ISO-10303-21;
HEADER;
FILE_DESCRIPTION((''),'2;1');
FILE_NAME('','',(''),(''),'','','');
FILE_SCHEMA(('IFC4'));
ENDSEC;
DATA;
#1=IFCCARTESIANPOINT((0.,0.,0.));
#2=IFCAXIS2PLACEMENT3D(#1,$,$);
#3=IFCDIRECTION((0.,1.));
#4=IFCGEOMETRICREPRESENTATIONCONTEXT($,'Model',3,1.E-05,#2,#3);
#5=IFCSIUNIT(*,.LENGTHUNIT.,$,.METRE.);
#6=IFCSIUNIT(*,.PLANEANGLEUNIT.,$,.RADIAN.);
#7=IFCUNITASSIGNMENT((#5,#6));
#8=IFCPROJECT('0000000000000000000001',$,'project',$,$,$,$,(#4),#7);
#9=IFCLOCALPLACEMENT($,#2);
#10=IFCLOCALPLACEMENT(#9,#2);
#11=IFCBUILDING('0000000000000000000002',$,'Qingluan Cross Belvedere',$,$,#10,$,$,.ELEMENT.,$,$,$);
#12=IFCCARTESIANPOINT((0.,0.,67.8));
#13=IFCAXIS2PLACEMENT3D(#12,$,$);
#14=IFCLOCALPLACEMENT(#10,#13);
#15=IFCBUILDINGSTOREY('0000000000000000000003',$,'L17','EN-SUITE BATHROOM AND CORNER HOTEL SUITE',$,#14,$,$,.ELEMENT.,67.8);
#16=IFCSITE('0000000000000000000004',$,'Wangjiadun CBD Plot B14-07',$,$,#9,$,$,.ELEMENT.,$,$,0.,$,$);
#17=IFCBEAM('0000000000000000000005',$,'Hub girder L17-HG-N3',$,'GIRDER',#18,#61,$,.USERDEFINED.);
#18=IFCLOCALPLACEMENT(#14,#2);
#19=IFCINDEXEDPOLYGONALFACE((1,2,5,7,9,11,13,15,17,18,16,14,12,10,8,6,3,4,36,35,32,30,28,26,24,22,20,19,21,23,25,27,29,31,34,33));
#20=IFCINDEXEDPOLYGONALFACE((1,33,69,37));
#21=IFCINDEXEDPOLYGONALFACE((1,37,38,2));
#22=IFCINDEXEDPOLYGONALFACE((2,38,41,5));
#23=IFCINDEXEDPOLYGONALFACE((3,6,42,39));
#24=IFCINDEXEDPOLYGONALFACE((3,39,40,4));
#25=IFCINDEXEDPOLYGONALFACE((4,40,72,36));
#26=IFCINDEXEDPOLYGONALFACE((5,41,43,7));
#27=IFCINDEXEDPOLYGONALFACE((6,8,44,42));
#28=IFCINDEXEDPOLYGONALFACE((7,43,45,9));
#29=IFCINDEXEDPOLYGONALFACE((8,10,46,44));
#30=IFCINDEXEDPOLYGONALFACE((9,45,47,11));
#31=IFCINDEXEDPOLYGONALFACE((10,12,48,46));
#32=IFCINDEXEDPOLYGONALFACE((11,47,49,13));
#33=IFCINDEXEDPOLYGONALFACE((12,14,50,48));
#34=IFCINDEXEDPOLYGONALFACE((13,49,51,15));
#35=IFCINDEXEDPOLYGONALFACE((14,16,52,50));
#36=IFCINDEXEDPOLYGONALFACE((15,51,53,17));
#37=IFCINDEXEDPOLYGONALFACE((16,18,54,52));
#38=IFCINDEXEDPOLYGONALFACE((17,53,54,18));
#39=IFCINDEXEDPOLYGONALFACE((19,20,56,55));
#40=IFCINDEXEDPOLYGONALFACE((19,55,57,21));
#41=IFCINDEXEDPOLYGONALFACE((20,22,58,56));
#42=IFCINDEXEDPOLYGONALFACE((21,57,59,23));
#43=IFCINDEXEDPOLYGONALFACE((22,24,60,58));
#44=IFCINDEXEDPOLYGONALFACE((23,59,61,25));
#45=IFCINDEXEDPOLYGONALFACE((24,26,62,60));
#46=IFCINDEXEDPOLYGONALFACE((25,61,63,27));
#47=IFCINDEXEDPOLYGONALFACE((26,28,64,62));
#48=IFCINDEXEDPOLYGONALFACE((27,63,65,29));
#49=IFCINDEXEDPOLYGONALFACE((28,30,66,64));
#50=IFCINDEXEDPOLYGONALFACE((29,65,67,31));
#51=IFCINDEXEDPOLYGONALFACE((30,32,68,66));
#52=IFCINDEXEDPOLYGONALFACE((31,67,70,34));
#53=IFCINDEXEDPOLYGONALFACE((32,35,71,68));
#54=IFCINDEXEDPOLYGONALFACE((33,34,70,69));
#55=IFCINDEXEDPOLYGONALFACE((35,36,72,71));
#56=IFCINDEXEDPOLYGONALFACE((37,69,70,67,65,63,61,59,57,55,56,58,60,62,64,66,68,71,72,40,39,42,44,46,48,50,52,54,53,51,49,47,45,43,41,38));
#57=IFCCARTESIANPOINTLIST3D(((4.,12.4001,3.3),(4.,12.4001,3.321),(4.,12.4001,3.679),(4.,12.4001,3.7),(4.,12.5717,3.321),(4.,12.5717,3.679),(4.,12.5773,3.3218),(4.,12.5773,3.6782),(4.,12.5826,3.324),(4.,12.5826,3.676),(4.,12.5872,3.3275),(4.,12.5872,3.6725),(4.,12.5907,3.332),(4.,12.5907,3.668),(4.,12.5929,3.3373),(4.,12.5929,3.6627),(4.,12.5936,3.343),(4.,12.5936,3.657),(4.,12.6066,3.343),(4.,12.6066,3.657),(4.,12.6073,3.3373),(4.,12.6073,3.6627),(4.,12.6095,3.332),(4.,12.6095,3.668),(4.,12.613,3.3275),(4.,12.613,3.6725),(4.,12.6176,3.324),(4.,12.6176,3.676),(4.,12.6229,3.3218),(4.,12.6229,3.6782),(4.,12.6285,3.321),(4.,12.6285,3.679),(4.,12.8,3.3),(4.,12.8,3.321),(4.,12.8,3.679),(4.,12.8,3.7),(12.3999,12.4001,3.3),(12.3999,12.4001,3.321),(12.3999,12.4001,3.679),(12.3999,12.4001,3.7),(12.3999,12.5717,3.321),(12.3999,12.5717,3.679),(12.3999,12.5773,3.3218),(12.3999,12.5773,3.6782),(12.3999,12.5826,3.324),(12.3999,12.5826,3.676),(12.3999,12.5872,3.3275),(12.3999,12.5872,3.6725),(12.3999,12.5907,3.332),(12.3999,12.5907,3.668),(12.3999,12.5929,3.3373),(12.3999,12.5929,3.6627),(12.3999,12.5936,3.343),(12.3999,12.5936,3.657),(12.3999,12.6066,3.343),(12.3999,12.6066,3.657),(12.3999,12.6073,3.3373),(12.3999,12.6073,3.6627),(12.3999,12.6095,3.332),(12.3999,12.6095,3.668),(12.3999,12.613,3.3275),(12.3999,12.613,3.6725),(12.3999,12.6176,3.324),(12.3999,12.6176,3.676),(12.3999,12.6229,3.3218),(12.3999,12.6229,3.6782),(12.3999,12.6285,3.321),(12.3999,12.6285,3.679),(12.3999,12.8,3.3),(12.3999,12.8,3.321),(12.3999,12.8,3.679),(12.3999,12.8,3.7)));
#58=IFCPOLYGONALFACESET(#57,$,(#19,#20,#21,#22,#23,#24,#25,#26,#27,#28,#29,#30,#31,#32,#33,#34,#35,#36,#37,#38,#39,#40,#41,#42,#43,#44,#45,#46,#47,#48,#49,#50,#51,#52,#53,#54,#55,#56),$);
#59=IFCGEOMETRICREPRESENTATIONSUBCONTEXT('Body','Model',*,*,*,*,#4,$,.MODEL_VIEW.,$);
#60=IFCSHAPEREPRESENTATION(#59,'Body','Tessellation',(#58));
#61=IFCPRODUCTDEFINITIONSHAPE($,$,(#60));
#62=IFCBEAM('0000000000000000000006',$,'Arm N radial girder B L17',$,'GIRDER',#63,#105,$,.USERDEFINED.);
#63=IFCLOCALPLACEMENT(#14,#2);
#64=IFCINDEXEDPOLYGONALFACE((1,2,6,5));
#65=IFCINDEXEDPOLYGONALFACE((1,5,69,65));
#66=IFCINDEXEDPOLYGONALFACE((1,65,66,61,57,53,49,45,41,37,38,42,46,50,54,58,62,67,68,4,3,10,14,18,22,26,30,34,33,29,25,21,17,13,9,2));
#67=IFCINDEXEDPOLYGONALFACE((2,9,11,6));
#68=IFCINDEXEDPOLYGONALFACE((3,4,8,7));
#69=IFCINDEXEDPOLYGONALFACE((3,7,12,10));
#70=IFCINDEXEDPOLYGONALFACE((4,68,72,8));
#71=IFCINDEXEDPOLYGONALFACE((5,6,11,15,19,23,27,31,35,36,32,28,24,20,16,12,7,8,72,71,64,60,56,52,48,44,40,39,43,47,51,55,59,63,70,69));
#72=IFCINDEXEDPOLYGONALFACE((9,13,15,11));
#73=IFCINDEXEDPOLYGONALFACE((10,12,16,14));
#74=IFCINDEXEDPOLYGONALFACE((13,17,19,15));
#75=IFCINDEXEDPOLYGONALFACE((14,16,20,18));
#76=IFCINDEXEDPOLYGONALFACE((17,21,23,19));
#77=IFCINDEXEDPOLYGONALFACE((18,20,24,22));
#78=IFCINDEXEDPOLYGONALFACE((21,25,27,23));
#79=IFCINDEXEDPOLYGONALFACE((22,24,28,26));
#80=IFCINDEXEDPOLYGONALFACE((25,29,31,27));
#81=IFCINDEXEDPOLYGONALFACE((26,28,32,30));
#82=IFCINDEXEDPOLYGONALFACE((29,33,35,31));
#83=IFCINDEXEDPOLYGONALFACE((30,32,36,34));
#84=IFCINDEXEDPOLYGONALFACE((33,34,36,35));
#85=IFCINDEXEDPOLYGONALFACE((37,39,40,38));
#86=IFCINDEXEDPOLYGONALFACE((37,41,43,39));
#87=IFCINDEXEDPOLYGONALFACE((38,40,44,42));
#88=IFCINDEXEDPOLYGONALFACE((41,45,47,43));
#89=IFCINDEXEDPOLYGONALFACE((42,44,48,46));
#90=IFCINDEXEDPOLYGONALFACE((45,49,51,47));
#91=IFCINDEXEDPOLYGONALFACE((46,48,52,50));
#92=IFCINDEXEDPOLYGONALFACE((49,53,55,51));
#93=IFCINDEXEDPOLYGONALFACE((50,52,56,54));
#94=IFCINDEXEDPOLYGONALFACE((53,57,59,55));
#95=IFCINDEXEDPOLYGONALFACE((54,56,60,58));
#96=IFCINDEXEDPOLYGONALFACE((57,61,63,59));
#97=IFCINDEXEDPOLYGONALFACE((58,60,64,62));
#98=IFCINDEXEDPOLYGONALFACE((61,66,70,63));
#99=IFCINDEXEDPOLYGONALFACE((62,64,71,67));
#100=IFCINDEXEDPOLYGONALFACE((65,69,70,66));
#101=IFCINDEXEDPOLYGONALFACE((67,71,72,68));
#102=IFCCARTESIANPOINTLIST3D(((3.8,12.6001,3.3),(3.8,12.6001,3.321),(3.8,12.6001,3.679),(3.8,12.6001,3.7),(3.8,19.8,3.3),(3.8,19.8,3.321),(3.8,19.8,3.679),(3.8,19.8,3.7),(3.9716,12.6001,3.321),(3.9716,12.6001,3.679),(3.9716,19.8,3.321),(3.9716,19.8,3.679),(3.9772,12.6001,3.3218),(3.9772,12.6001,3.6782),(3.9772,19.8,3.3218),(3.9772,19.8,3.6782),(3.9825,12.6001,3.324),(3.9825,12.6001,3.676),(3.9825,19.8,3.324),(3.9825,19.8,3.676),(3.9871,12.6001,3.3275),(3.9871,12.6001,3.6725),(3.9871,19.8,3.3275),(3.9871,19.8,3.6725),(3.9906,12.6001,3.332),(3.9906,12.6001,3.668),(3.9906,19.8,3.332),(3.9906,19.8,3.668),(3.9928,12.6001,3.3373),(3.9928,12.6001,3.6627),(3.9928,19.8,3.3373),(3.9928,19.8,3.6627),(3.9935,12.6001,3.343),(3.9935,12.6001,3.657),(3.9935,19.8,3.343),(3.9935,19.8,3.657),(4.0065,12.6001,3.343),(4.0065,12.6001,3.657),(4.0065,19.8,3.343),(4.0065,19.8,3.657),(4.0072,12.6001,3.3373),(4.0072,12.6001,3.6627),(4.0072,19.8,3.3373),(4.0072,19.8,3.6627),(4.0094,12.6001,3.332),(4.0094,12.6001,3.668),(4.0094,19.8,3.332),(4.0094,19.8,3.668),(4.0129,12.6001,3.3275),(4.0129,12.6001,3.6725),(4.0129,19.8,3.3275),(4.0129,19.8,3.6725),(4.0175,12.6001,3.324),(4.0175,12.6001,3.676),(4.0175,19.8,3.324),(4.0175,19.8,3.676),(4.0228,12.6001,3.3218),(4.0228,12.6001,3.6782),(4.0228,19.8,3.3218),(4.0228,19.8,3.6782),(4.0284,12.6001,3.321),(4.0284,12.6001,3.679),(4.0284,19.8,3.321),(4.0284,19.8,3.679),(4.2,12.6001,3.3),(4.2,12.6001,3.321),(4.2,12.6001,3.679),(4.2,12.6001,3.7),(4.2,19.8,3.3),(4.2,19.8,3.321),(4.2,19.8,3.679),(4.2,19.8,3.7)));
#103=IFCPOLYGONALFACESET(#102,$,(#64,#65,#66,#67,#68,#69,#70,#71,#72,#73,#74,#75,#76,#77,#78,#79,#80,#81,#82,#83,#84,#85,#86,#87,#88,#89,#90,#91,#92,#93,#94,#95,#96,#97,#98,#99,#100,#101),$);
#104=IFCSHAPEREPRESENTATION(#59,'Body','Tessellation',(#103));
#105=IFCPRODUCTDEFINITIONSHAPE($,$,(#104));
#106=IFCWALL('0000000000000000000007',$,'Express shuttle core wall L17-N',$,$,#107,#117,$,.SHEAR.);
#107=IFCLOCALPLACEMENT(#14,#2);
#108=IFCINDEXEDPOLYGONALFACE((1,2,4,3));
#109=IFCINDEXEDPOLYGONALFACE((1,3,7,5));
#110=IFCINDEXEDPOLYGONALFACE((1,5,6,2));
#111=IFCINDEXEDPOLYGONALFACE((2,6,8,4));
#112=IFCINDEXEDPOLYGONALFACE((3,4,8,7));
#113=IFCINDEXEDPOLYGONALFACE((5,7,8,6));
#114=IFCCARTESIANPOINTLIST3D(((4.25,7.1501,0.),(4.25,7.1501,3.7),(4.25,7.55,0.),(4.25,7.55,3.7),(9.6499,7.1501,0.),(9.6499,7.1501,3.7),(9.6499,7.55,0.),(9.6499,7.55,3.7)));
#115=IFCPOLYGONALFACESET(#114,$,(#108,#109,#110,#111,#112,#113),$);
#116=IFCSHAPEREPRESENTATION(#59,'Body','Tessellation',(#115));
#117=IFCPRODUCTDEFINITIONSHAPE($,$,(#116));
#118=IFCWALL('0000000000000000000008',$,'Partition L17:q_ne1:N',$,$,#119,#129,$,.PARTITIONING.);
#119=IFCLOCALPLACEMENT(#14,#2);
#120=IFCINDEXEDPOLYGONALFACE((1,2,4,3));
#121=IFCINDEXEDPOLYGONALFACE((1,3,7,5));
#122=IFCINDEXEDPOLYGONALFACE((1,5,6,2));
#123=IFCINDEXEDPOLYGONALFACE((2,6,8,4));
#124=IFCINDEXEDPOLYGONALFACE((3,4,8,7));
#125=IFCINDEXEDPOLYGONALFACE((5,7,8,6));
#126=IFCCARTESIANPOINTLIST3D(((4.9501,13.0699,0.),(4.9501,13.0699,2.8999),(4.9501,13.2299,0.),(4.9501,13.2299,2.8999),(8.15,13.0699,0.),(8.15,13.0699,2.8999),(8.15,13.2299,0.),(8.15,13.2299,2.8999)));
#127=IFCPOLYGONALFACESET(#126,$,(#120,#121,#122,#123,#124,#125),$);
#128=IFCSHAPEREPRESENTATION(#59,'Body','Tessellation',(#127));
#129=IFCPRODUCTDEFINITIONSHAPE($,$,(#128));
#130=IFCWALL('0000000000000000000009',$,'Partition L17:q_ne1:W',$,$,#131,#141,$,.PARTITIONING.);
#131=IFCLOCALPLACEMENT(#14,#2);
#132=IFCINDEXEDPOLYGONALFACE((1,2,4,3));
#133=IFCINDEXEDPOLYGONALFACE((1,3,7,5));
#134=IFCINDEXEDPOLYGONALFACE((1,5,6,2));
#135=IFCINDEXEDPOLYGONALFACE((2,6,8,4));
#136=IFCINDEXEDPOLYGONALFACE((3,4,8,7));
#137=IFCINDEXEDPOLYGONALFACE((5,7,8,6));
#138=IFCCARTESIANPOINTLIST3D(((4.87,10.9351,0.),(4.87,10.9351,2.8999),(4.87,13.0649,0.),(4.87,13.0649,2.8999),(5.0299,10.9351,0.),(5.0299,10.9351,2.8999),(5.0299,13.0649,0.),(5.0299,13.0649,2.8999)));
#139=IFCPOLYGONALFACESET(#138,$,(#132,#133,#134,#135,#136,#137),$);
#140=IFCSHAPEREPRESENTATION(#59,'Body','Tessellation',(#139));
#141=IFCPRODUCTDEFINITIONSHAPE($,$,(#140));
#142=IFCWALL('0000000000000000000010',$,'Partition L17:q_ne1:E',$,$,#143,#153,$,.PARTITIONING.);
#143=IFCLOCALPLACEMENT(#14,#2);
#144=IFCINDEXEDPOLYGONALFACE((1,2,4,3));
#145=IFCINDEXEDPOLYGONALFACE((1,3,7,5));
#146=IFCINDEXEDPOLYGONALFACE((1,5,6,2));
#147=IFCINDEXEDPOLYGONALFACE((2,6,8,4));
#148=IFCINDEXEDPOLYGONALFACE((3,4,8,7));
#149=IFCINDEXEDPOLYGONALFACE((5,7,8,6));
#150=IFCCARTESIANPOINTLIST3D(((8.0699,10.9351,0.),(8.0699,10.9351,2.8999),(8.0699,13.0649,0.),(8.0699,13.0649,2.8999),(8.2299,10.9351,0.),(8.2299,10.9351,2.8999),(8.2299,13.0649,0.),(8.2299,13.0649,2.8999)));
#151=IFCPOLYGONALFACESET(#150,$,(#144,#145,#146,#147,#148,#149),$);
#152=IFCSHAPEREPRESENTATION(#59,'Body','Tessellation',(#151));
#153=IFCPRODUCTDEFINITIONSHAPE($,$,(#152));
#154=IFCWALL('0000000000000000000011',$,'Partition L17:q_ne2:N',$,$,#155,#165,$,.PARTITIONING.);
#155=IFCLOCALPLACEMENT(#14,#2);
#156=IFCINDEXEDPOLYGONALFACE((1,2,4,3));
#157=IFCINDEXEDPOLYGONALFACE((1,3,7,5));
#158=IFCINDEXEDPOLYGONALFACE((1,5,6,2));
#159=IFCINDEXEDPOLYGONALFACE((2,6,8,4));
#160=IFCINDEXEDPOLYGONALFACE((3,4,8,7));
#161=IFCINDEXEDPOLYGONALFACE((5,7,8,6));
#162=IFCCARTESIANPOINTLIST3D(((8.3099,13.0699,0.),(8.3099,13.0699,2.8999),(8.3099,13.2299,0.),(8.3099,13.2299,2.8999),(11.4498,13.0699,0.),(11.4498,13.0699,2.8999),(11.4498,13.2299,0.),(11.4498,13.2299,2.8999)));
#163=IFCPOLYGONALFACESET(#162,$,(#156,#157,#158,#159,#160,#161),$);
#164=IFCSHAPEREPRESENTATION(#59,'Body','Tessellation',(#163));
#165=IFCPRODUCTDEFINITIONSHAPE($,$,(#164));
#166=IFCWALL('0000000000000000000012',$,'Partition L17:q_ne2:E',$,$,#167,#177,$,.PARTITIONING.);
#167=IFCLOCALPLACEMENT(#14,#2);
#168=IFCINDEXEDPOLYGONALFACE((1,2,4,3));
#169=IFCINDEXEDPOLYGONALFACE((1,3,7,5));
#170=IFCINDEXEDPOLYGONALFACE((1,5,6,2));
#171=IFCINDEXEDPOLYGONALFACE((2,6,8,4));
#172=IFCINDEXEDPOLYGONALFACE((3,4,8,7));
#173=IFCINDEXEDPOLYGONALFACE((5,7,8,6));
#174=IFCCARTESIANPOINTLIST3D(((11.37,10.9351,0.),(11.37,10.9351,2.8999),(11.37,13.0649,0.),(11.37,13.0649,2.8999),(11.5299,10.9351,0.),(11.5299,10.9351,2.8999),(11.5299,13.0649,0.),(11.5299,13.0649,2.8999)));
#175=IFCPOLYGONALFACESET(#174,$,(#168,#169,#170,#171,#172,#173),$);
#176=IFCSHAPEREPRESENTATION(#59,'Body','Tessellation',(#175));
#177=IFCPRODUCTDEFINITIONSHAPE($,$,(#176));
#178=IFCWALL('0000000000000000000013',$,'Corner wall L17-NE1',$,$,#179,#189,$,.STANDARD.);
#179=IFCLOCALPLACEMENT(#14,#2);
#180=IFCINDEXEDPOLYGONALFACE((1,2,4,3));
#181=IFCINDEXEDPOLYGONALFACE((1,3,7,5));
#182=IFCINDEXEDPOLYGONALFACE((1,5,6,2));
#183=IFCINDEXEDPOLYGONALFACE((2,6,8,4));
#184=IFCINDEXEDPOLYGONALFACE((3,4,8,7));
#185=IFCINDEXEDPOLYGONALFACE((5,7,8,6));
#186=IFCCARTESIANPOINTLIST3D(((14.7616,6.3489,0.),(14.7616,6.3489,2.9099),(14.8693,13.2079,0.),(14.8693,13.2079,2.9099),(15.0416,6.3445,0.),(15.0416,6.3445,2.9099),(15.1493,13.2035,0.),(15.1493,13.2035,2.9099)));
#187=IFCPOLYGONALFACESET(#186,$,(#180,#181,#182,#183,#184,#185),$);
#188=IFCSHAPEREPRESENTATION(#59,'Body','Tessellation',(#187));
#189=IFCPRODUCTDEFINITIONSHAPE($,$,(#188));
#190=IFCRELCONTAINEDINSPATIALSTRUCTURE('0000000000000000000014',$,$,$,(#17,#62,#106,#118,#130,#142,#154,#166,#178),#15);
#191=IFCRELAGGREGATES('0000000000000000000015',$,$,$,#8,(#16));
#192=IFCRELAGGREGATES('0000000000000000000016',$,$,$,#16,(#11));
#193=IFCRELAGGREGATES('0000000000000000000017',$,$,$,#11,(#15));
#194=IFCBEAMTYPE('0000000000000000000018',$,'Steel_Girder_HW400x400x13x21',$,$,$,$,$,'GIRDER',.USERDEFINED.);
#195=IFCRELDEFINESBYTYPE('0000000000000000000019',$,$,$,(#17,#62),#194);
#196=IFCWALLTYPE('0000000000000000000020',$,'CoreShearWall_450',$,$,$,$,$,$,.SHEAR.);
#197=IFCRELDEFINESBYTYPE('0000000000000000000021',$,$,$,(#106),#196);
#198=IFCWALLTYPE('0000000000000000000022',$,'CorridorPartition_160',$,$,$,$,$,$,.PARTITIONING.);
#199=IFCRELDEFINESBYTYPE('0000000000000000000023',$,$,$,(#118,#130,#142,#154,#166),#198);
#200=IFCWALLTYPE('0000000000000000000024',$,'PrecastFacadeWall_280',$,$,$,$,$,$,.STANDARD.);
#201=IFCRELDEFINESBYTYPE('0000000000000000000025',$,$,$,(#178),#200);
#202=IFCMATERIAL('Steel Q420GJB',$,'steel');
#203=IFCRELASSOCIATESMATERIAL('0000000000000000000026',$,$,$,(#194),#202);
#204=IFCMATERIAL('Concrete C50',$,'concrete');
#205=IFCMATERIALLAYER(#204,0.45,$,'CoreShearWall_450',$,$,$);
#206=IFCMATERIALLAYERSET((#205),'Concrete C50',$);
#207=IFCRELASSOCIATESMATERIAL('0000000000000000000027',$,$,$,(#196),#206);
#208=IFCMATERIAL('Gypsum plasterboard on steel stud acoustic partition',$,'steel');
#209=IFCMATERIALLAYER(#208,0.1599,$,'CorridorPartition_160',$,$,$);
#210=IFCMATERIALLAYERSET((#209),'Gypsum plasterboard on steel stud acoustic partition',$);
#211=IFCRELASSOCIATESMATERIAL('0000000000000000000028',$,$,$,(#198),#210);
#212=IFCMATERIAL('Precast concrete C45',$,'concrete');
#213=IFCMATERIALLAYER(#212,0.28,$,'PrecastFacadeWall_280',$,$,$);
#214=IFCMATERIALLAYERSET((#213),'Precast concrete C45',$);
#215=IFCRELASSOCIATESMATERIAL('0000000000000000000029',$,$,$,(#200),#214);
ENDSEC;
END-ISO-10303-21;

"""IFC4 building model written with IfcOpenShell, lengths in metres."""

from ifc_helpers import new_model, si_unit, direction, frame, frame_2d, origin, origin_2d, place, context, subcontext, project, spatial, rectangle, i_section, extrude, material, layer, layer_set, material_profile, profile_set, type_object, element, save


model = new_model("IFC4")

# Units and contexts
model_context = context("Model", 3, precision=1e-05, world=origin(), true_north=direction((0.0, 1.0)))
body_context = subcontext(model_context, "Body", "Model", "MODEL_VIEW")
ifc_project = project(units=[si_unit("LENGTHUNIT", "METRE"), si_unit("PLANEANGLEUNIT", "RADIAN")], contexts=[model_context])

# Site, building, storey
site_placement = place(None, origin())
site = spatial("IfcSite", under=ifc_project, at=site_placement, Name="Wangjiadun CBD Plot B14-07", CompositionType="ELEMENT", RefElevation=0.0)
building_placement = place(site_placement, origin())
building = spatial("IfcBuilding", under=site, at=building_placement, Name="Qingluan Cross Belvedere", CompositionType="ELEMENT")
storey_placement = place(building_placement, frame((0.0, 0.0, 67.8)))
storey = spatial("IfcBuildingStorey", under=building, at=storey_placement, Name="L17", Description="EN-SUITE BATHROOM AND CORNER HOTEL SUITE", CompositionType="ELEMENT", Elevation=67.8)

# Beams
ifc_material_1 = material(Name="Steel Q420GJB", Category="steel")
ifc_material_profile_1 = material_profile(ifc_material_1, i_section(OverallWidth=0.3999, OverallDepth=0.3999, WebThickness=0.0129, FlangeThickness=0.021, FilletRadius=0.022, at=origin_2d()), Name="HW400x400x13x21")
ifc_profile_set_1 = profile_set([ifc_material_profile_1], Name="Steel Q420GJB")
beam_type_1 = type_object("IfcBeamType", Name="Steel_Girder_HW400x400x13x21", ElementType="GIRDER", PredefinedType="USERDEFINED", material=ifc_profile_set_1)
beam_1_placement = place(storey_placement, frame((4.0, 12.6001, 3.5), z_axis=(1.0, 0.0, 0.0), x_axis=(0.0, 1.0, 0.0)))
element("IfcBeam", 1, at=beam_1_placement, inside=storey, type_object=beam_type_1, Name="Hub girder L17-HG-N3", ObjectType="GIRDER", PredefinedType="USERDEFINED", context=body_context, shape_type="SweptSolid", body=[
    extrude(i_section(OverallWidth=0.3999, OverallDepth=0.3999, WebThickness=0.0129, FlangeThickness=0.021, FilletRadius=0.022, at=origin_2d()), origin(), (0.0, 0.0, 1.0), 8.3999),
])
beam_2_placement = place(storey_placement, frame((4.0, 12.6001, 3.5), z_axis=(0.0, 1.0, 0.0), x_axis=(-1.0, 0.0, 0.0)))
element("IfcBeam", 2, at=beam_2_placement, inside=storey, type_object=beam_type_1, Name="Arm N radial girder B L17", ObjectType="GIRDER", PredefinedType="USERDEFINED", context=body_context, shape_type="SweptSolid", body=[
    extrude(i_section(OverallWidth=0.3999, OverallDepth=0.3999, WebThickness=0.0129, FlangeThickness=0.021, FilletRadius=0.022, at=origin_2d()), origin(), (0.0, 0.0, 1.0), 7.2),
])

# Wall
ifc_material_2 = material(Name="Concrete C50", Category="concrete")
ifc_layer_1 = layer(ifc_material_2, 0.45, Name="CoreShearWall_450")
ifc_layer_set_1 = layer_set([ifc_layer_1], Name="Concrete C50")
wall_type_1 = type_object("IfcWallType", Name="CoreShearWall_450", PredefinedType="SHEAR", material=ifc_layer_set_1)
wall_1_placement = place(storey_placement, frame((4.25, 7.3501, 0.0), z_axis=(0.0, 0.0, 1.0), x_axis=(1.0, 0.0, 0.0)))
element("IfcWall", 3, at=wall_1_placement, inside=storey, type_object=wall_type_1, Name="Express shuttle core wall L17-N", PredefinedType="SHEAR", context=body_context, shape_type="SweptSolid", body=[
    extrude(rectangle(XDim=5.3999, YDim=0.3999, at=frame_2d((2.7, 0.0))), origin(), (0.0, 0.0, 1.0), 3.7),
])

# Shared definitions
ifc_material_3 = material(Name="Gypsum plasterboard on steel stud acoustic partition", Category="steel")
ifc_layer_2 = layer(ifc_material_3, 0.1599, Name="CorridorPartition_160")
ifc_layer_set_2 = layer_set([ifc_layer_2], Name="Gypsum plasterboard on steel stud acoustic partition")
wall_type_2 = type_object("IfcWallType", Name="CorridorPartition_160", PredefinedType="PARTITIONING", material=ifc_layer_set_2)

# Walls
wall_2_placement = place(storey_placement, frame((4.95, 13.1499, 0.0), z_axis=(0.0, 0.0, 1.0), x_axis=(1.0, 0.0, 0.0)))
element("IfcWall", 4, at=wall_2_placement, inside=storey, type_object=wall_type_2, Name="Partition L17:q_ne1:N", PredefinedType="PARTITIONING", context=body_context, shape_type="SweptSolid", body=[
    extrude(rectangle(XDim=3.2, YDim=0.1599, at=frame_2d((1.6001, 0.0))), origin(), (0.0, 0.0, 1.0), 2.8999),
])
for number, where, z_axis, x_axis, name in (
    (5, (4.95, 10.9351, 0.0), (0.0, 0.0, 1.0), (0.0, 1.0, 0.0), "Partition L17:q_ne1:W"),
    (6, (8.1499, 10.9351, 0.0), (0.0, 0.0, 1.0), (0.0, 1.0, 0.0), "Partition L17:q_ne1:E"),
):
    element("IfcWall", number, at=place(storey_placement, frame(where, z_axis=z_axis, x_axis=x_axis)), inside=storey, type_object=wall_type_2, Name=name, PredefinedType="PARTITIONING", context=body_context, shape_type="SweptSolid", body=[
        extrude(rectangle(XDim=2.1299, YDim=0.1599, at=frame_2d((1.0649, 0.0))), origin(), (0.0, 0.0, 1.0), 2.8999),
    ])

# Walls
wall_3_placement = place(storey_placement, frame((8.3101, 13.1499, 0.0), z_axis=(0.0, 0.0, 1.0), x_axis=(1.0, 0.0, 0.0)))
element("IfcWall", 7, at=wall_3_placement, inside=storey, type_object=wall_type_2, Name="Partition L17:q_ne2:N", PredefinedType="PARTITIONING", context=body_context, shape_type="SweptSolid", body=[
    extrude(rectangle(XDim=3.1399, YDim=0.1599, at=frame_2d((1.5698, 0.0))), origin(), (0.0, 0.0, 1.0), 2.8999),
])
wall_4_placement = place(storey_placement, frame((11.45, 10.9351, 0.0), z_axis=(0.0, 0.0, 1.0), x_axis=(0.0, 1.0, 0.0)))
element("IfcWall", 8, at=wall_4_placement, inside=storey, type_object=wall_type_2, Name="Partition L17:q_ne2:E", PredefinedType="PARTITIONING", context=body_context, shape_type="SweptSolid", body=[
    extrude(rectangle(XDim=2.1299, YDim=0.1599, at=frame_2d((1.0649, 0.0))), origin(), (0.0, 0.0, 1.0), 2.8999),
])
ifc_material_4 = material(Name="Precast concrete C45", Category="concrete")
ifc_layer_3 = layer(ifc_material_4, 0.28, Name="PrecastFacadeWall_280")
ifc_layer_set_3 = layer_set([ifc_layer_3], Name="Precast concrete C45")
wall_type_3 = type_object("IfcWallType", Name="PrecastFacadeWall_280", PredefinedType="STANDARD", material=ifc_layer_set_3)
wall_5_placement = place(storey_placement, frame((14.9016, 6.3467, 0.0), z_axis=(0.0, 0.0, 1.0), x_axis=(0.015695, 0.999877, 0.0)))
element("IfcWall", 9, at=wall_5_placement, inside=storey, type_object=wall_type_3, Name="Corner wall L17-NE1", PredefinedType="STANDARD", context=body_context, shape_type="SweptSolid", body=[
    extrude(rectangle(XDim=6.8599, YDim=0.28, at=frame_2d((3.4299, 0.0))), origin(), (0.0, 0.0, 1.0), 2.9099),
])

save(model, "model.ifc")
